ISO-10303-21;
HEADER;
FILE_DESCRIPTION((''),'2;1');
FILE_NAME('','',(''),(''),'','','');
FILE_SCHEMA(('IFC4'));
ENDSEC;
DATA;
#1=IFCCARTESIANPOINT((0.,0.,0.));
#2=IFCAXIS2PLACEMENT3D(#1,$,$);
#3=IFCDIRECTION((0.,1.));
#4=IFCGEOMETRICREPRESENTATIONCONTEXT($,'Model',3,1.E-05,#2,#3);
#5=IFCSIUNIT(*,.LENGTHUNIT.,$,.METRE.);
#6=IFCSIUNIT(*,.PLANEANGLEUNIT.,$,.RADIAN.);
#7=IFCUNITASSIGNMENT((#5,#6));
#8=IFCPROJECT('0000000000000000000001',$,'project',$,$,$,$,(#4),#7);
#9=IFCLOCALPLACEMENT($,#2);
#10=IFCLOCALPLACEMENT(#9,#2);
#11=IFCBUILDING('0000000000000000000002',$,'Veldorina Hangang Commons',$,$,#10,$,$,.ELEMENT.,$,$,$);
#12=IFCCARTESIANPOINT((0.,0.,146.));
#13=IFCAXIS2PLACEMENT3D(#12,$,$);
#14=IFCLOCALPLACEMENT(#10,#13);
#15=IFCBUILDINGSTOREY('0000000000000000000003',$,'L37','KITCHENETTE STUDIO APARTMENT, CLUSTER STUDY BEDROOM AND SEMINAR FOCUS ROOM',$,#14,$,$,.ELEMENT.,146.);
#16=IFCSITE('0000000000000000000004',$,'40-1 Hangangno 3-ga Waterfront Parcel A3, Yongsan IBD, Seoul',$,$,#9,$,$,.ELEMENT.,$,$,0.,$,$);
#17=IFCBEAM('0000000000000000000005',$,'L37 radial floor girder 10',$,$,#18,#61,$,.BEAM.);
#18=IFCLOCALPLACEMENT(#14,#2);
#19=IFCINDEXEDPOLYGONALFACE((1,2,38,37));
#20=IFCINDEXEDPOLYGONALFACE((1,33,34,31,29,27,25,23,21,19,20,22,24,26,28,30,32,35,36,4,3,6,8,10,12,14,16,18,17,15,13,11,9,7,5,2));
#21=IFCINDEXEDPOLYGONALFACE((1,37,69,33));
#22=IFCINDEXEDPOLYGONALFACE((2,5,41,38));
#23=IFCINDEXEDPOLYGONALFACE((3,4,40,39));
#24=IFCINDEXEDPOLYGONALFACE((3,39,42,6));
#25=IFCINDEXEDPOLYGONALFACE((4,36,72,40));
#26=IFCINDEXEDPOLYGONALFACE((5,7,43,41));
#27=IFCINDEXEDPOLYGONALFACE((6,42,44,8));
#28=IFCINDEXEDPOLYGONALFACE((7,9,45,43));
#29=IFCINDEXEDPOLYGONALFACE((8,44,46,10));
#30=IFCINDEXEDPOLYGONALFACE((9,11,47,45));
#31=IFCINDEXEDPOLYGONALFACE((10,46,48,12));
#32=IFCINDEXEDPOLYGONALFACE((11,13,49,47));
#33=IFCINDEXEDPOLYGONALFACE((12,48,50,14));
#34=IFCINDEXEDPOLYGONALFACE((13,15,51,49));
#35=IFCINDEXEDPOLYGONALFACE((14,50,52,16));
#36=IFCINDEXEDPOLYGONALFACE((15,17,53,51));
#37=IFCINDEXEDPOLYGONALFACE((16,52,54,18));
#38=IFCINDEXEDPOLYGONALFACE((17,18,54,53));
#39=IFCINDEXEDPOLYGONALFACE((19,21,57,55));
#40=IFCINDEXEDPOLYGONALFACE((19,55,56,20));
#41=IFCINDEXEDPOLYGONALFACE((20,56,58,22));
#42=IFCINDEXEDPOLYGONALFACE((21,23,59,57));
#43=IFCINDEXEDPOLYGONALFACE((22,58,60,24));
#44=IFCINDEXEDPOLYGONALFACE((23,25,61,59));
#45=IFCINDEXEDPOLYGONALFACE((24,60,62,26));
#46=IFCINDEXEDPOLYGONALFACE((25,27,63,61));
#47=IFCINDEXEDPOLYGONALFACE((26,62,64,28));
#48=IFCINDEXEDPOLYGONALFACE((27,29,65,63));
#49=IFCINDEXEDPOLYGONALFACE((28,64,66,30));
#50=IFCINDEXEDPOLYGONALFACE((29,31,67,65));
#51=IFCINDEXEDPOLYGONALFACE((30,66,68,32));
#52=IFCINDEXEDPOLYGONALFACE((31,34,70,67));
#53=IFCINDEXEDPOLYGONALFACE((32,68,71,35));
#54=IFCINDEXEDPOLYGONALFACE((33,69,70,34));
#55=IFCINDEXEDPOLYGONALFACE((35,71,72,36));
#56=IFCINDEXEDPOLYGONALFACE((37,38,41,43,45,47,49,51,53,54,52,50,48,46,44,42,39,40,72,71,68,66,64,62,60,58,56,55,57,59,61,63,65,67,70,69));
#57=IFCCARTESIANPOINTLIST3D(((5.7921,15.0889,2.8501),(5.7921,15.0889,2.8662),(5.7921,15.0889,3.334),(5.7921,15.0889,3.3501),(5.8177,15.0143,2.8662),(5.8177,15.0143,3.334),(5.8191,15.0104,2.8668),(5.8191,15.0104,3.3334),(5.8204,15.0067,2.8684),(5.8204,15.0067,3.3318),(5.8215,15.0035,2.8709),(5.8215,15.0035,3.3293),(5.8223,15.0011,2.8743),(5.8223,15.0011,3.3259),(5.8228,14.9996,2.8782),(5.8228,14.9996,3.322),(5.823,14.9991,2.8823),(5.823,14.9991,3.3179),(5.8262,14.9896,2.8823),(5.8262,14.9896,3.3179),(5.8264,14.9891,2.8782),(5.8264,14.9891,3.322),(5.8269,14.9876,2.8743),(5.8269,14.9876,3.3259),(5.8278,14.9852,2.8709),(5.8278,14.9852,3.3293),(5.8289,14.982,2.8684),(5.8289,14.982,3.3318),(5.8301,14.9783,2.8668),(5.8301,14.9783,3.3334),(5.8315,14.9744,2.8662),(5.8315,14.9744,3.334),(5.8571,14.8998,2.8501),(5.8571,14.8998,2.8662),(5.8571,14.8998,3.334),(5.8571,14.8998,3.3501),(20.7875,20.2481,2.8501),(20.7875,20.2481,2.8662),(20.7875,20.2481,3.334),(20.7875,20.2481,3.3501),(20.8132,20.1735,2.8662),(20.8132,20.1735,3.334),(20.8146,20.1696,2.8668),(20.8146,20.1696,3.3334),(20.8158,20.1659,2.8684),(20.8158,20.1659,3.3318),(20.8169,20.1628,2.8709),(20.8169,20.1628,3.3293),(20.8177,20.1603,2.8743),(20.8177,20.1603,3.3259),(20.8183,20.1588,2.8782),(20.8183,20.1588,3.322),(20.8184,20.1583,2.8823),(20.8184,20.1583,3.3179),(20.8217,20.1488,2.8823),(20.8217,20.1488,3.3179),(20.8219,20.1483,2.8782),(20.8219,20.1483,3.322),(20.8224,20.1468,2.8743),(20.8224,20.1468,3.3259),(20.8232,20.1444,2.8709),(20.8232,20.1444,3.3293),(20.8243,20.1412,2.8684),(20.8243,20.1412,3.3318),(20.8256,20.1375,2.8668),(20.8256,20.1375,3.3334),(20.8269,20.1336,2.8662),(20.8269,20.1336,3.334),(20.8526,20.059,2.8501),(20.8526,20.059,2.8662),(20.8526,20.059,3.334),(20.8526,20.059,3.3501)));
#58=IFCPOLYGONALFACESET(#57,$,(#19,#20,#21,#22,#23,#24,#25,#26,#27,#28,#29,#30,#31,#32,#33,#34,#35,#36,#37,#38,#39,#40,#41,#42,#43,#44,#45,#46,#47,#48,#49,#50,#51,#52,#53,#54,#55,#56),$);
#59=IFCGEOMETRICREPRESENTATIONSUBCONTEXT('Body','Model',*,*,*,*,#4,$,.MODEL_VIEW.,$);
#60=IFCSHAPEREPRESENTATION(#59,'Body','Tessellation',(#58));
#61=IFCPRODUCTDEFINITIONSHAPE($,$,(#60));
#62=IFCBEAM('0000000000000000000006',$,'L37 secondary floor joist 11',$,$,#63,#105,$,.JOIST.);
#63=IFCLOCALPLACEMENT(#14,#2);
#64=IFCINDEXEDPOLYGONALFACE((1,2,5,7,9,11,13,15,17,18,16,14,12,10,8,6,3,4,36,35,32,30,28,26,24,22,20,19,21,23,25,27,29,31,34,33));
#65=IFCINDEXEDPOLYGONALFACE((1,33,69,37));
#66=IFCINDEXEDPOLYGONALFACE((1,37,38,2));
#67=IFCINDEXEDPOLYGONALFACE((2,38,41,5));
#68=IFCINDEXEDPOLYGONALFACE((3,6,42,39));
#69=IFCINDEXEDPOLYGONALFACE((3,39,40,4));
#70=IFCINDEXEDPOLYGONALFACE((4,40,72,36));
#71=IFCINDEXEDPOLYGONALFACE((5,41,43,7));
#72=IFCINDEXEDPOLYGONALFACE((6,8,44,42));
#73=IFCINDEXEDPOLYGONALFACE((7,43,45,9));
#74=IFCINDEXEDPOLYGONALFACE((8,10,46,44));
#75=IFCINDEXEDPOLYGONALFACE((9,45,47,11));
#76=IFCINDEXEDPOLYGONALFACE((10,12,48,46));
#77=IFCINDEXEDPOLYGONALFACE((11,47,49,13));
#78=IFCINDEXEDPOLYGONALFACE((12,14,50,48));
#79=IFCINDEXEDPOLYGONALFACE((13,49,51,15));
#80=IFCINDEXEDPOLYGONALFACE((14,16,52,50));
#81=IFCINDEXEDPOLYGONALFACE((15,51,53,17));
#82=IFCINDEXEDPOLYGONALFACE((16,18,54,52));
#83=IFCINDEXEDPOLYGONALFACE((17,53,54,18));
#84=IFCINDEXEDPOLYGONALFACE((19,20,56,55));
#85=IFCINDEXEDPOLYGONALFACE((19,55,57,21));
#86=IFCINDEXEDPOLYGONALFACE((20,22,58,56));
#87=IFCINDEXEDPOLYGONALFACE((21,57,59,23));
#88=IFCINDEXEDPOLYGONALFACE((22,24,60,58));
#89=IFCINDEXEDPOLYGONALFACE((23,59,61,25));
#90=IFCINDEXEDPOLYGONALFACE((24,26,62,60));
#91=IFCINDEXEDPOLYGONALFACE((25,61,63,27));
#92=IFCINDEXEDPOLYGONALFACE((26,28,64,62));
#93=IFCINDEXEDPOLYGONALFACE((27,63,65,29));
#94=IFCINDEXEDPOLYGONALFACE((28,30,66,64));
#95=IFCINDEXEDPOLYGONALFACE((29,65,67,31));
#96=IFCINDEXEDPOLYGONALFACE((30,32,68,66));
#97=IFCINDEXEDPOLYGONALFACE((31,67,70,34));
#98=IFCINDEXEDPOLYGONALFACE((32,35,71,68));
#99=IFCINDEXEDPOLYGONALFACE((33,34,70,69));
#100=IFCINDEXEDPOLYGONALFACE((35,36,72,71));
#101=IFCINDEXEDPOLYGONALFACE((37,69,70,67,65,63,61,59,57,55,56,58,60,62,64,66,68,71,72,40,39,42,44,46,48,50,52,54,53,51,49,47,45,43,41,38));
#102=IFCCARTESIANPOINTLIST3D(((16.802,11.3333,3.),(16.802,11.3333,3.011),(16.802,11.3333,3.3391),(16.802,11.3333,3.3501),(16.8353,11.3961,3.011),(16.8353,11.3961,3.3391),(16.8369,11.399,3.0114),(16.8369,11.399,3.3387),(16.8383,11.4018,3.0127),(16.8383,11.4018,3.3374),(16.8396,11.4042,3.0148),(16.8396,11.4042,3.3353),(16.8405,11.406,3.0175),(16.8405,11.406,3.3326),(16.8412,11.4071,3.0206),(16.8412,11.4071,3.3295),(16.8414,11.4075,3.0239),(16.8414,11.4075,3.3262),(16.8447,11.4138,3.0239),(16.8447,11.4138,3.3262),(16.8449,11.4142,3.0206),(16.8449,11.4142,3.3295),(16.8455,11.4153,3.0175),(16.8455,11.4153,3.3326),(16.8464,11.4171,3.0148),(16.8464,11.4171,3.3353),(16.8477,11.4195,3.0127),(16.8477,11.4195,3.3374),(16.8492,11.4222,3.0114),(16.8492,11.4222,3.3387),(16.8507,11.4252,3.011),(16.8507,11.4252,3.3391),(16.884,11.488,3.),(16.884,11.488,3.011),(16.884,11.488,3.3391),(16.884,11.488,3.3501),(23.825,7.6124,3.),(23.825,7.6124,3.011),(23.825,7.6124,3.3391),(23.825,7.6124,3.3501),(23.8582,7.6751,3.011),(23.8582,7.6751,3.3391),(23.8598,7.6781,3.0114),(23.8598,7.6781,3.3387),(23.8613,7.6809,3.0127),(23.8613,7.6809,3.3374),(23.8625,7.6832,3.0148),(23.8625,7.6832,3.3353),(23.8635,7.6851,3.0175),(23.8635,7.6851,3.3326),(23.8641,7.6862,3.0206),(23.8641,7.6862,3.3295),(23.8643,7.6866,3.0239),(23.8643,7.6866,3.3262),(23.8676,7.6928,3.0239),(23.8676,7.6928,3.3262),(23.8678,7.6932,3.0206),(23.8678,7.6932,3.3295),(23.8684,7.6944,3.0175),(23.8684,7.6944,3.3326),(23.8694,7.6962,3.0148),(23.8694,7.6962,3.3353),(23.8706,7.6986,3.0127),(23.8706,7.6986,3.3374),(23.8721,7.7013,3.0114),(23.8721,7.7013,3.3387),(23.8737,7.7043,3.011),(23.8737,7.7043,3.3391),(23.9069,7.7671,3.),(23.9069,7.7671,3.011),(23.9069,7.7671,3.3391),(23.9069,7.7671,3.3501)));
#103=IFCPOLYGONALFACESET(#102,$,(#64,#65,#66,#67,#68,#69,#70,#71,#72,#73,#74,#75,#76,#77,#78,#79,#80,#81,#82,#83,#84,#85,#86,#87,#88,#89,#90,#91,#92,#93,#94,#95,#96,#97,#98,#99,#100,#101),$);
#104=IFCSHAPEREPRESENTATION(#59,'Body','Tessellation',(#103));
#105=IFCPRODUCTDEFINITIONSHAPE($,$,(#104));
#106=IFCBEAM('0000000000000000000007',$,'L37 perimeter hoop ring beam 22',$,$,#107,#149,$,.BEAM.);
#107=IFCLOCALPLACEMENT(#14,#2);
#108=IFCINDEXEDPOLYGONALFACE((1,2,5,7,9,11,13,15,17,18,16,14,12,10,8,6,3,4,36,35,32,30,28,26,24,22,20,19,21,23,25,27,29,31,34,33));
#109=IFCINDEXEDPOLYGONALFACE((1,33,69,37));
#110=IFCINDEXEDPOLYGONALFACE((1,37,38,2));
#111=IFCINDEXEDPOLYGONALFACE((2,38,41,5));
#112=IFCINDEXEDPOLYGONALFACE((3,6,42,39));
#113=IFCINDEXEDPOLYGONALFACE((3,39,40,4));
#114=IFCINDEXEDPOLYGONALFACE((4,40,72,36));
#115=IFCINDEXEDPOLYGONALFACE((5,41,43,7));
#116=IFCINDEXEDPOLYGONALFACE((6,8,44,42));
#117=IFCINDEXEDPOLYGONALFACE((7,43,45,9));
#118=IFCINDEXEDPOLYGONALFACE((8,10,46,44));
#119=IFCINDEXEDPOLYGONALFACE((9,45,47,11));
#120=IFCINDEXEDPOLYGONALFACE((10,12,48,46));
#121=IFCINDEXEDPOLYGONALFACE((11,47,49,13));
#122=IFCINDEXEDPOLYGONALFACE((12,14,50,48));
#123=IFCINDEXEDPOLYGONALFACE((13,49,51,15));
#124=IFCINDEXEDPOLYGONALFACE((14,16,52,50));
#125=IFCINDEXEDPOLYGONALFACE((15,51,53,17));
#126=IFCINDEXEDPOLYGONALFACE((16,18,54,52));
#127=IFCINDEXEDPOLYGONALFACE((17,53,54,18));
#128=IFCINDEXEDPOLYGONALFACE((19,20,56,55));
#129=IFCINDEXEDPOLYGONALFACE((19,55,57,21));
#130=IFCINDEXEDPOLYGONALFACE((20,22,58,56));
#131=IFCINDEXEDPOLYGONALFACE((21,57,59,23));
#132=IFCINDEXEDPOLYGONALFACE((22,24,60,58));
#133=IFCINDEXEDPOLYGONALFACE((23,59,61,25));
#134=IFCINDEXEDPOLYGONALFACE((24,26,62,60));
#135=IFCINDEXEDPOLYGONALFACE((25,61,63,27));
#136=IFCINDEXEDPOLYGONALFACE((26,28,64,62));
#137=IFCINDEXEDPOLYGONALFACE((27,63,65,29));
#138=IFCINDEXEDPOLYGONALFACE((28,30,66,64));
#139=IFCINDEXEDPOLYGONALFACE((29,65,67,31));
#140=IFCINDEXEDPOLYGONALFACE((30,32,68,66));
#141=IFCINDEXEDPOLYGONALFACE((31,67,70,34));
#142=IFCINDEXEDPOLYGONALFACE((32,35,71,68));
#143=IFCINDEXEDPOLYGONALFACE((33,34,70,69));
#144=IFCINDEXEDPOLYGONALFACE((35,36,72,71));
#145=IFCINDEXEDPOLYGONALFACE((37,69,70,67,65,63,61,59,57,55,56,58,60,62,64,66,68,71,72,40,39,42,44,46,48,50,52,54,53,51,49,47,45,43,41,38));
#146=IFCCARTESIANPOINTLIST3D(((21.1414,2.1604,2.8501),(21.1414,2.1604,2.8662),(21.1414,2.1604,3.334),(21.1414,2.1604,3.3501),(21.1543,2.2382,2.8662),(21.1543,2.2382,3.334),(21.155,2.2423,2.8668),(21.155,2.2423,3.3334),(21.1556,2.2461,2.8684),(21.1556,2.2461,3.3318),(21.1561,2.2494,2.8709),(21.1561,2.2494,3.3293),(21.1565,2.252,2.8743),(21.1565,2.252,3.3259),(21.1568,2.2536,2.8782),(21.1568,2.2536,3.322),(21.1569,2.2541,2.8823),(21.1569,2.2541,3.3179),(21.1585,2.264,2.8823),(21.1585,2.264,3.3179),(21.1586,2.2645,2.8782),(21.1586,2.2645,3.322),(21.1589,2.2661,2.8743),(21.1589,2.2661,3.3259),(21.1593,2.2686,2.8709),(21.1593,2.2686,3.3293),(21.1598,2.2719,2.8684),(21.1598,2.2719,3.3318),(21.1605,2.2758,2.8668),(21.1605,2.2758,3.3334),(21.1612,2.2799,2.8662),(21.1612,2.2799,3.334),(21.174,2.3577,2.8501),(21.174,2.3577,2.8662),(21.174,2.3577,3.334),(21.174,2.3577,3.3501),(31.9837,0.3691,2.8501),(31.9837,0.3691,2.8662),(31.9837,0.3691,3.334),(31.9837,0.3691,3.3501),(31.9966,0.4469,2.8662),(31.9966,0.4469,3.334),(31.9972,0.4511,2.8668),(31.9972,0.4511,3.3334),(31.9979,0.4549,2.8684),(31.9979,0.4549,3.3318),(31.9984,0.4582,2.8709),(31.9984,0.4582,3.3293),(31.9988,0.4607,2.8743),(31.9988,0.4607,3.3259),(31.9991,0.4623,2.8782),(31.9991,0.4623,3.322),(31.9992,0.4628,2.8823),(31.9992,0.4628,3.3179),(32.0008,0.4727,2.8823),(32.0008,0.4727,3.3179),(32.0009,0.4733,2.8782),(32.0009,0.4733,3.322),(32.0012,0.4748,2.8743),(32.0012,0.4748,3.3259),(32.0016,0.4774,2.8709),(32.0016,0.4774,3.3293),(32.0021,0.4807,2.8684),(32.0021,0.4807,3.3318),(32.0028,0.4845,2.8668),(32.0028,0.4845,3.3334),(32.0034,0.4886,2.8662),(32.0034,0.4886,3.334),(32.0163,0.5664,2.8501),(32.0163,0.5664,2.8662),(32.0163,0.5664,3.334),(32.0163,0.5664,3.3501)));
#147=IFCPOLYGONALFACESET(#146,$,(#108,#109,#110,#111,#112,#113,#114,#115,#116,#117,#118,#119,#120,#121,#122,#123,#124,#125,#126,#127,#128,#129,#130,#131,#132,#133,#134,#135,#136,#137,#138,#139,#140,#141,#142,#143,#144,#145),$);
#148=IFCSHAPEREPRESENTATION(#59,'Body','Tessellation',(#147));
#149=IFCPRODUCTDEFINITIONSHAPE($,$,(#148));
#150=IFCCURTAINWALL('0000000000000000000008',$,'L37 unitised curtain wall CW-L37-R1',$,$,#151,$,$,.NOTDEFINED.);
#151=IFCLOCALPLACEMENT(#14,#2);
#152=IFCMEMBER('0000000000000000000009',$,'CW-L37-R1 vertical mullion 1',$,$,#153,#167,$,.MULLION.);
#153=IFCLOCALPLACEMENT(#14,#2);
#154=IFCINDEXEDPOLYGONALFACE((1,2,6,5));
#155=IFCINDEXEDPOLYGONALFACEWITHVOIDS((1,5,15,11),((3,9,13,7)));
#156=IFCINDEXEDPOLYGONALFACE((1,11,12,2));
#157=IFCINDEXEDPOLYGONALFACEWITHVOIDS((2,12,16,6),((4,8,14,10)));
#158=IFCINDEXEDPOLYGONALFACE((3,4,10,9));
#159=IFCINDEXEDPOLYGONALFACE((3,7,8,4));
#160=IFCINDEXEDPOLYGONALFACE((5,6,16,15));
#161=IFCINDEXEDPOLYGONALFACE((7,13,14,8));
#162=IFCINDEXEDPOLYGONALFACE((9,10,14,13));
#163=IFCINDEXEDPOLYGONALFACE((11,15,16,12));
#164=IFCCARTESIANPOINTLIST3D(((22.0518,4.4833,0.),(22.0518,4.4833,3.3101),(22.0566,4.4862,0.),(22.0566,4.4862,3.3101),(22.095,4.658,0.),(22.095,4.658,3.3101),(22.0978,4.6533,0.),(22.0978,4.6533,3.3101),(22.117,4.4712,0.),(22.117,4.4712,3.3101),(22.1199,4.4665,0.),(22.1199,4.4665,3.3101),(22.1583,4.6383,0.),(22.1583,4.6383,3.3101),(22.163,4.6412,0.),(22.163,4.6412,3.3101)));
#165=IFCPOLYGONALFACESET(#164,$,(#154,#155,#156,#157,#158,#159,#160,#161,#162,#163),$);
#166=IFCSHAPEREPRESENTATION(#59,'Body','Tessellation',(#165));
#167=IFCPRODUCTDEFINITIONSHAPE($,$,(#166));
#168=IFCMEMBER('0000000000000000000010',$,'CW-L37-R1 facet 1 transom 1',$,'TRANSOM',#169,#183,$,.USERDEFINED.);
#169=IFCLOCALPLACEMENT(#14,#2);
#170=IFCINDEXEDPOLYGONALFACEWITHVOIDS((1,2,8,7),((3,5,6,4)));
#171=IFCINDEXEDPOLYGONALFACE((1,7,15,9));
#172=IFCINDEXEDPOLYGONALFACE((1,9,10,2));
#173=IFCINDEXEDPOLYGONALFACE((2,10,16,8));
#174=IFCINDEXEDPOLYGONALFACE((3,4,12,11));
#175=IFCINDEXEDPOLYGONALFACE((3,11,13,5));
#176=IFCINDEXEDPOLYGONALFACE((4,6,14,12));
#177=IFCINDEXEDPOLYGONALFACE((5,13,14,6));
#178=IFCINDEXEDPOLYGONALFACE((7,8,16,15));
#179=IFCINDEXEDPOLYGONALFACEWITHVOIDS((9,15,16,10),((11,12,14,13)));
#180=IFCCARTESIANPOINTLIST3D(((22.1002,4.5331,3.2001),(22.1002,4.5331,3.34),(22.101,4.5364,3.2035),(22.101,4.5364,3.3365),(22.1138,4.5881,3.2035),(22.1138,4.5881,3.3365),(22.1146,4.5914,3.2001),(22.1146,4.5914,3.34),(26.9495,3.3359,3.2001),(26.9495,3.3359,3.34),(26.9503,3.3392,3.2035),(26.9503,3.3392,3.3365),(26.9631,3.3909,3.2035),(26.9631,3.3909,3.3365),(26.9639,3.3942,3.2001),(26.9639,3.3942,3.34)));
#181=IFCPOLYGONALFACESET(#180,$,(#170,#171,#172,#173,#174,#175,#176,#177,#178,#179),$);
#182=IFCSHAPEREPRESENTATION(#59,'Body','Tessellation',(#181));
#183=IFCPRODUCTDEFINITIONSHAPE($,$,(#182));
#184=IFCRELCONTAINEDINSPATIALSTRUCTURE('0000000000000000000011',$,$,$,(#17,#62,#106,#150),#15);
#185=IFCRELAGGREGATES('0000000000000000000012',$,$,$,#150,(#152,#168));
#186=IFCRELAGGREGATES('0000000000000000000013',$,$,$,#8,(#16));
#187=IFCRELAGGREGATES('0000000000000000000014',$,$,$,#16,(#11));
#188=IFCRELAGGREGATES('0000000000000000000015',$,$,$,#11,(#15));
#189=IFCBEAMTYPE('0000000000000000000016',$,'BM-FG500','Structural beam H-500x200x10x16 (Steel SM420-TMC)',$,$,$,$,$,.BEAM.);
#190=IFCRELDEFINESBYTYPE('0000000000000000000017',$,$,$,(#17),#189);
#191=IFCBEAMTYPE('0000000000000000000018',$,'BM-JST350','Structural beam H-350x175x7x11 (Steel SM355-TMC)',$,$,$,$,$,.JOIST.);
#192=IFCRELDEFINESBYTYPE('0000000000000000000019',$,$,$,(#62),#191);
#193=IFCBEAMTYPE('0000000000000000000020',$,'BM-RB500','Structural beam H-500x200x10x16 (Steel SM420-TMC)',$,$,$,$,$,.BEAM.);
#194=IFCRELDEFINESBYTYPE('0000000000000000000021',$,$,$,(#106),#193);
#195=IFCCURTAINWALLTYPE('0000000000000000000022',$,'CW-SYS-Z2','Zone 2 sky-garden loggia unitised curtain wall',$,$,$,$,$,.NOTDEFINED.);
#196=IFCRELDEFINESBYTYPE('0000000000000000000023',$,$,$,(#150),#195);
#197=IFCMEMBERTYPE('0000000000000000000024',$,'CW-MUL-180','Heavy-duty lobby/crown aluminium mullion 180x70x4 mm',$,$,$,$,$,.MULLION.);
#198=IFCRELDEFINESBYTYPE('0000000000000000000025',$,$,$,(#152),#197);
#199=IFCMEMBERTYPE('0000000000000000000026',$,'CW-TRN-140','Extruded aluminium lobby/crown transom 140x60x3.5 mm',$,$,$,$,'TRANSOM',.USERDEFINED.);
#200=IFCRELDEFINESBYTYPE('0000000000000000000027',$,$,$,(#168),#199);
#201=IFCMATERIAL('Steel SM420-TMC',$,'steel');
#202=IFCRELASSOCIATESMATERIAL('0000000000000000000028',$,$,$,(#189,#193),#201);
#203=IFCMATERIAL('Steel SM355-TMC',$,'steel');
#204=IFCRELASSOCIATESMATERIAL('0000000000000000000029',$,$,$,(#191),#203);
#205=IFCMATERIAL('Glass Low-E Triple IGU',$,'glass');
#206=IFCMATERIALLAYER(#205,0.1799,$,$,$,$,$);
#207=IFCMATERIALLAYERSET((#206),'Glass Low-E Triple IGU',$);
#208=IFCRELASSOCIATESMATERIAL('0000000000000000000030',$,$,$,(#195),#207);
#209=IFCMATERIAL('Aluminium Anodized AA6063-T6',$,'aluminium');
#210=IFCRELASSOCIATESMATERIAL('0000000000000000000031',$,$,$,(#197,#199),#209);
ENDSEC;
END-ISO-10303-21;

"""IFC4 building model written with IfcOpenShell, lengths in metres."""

from ifc_helpers import new_model, si_unit, direction, frame, origin, origin_2d, place, context, subcontext, project, spatial, hollow_rectangle, i_section, extrude, material, layer, layer_set, material_profile, profile_set, type_object, element, aggregate, save


model = new_model("IFC4")

# Units and contexts
model_context = context("Model", 3, precision=1e-05, world=origin(), true_north=direction((0.0, 1.0)))
body_context = subcontext(model_context, "Body", "Model", "MODEL_VIEW")
ifc_project = project(units=[si_unit("LENGTHUNIT", "METRE"), si_unit("PLANEANGLEUNIT", "RADIAN")], contexts=[model_context])

# Site, building, storey
site_placement = place(None, origin())
site = spatial("IfcSite", under=ifc_project, at=site_placement, Name="40-1 Hangangno 3-ga Waterfront Parcel A3, Yongsan IBD, Seoul", CompositionType="ELEMENT", RefElevation=0.0)
building_placement = place(site_placement, origin())
building = spatial("IfcBuilding", under=site, at=building_placement, Name="Veldorina Hangang Commons", CompositionType="ELEMENT")
storey_placement = place(building_placement, frame((0.0, 0.0, 146.0)))
storey = spatial("IfcBuildingStorey", under=building, at=storey_placement, Name="L37", Description="KITCHENETTE STUDIO APARTMENT, CLUSTER STUDY BEDROOM AND SEMINAR FOCUS ROOM", CompositionType="ELEMENT", Elevation=146.0)

# Beams
ifc_material_1 = material(Name="Steel SM420-TMC", Category="steel")
ifc_material_profile_1 = material_profile(ifc_material_1, i_section(OverallWidth=0.2, OverallDepth=0.5, WebThickness=0.01, FlangeThickness=0.0161, FilletRadius=0.0161, at=origin_2d()), Name="H-500x200x10x16")
ifc_profile_set_1 = profile_set([ifc_material_profile_1], Name="Steel SM420-TMC")
beam_type_1 = type_object("IfcBeamType", Name="BM-FG500", Description="Structural beam H-500x200x10x16 (Steel SM420-TMC)", PredefinedType="BEAM", material=ifc_profile_set_1)
beam_1_placement = place(storey_placement, frame((20.8201, 20.1536, 3.1001), z_axis=(-0.945599, -0.325335, 0.0), x_axis=(0.325335, -0.945599, 0.0)))
element("IfcBeam", 1, at=beam_1_placement, inside=storey, type_object=beam_type_1, Name="L37 radial floor girder 10", PredefinedType="BEAM", context=body_context, shape_type="SweptSolid", body=[
    extrude(i_section(OverallWidth=0.2, OverallDepth=0.5, WebThickness=0.01, FlangeThickness=0.0161, FilletRadius=0.0161, at=origin_2d()), origin(), (0.0, 0.0, 1.0), 15.8582),
])
ifc_material_2 = material(Name="Steel SM355-TMC", Category="steel")
ifc_material_profile_2 = material_profile(ifc_material_2, i_section(OverallWidth=0.175, OverallDepth=0.3501, WebThickness=0.0071, FlangeThickness=0.011, FilletRadius=0.0129, at=origin_2d()), Name="H-350x175x7x11")
ifc_profile_set_2 = profile_set([ifc_material_profile_2], Name="Steel SM355-TMC")
beam_type_2 = type_object("IfcBeamType", Name="BM-JST350", Description="Structural beam H-350x175x7x11 (Steel SM355-TMC)", PredefinedType="JOIST", material=ifc_profile_set_2)
beam_2_placement = place(storey_placement, frame((16.843, 11.4106, 3.175), z_axis=(0.883636, -0.468174, 0.0), x_axis=(0.468174, 0.883636, 0.0)))
element("IfcBeam", 2, at=beam_2_placement, inside=storey, type_object=beam_type_2, Name="L37 secondary floor joist 11", PredefinedType="JOIST", context=body_context, shape_type="SweptSolid", body=[
    extrude(i_section(OverallWidth=0.175, OverallDepth=0.3501, WebThickness=0.0071, FlangeThickness=0.011, FilletRadius=0.0129, at=origin_2d()), origin(), (0.0, 0.0, 1.0), 7.9478),
])
ifc_material_profile_3 = material_profile(ifc_material_1, i_section(OverallWidth=0.2, OverallDepth=0.5, WebThickness=0.01, FlangeThickness=0.0161, FilletRadius=0.0161, at=origin_2d()), Name="H-500x200x10x16")
ifc_profile_set_3 = profile_set([ifc_material_profile_3], Name="Steel SM420-TMC")
beam_type_3 = type_object("IfcBeamType", Name="BM-RB500", Description="Structural beam H-500x200x10x16 (Steel SM420-TMC)", PredefinedType="BEAM", material=ifc_profile_set_3)
beam_3_placement = place(storey_placement, frame((21.1577, 2.259, 3.1001), z_axis=(0.986626, -0.163001, 0.0), x_axis=(0.163001, 0.986626, 0.0)))
element("IfcBeam", 3, at=beam_3_placement, inside=storey, type_object=beam_type_3, Name="L37 perimeter hoop ring beam 22", PredefinedType="BEAM", context=body_context, shape_type="SweptSolid", body=[
    extrude(i_section(OverallWidth=0.2, OverallDepth=0.5, WebThickness=0.01, FlangeThickness=0.0161, FilletRadius=0.0161, at=origin_2d()), origin(), (0.0, 0.0, 1.0), 10.9893),
])

# Curtain wall, members
ifc_material_3 = material(Name="Glass Low-E Triple IGU", Category="glass")
ifc_layer_1 = layer(ifc_material_3, 0.1799)
ifc_layer_set_1 = layer_set([ifc_layer_1], Name="Glass Low-E Triple IGU")
curtain_wall_type = type_object("IfcCurtainWallType", Name="CW-SYS-Z2", Description="Zone 2 sky-garden loggia unitised curtain wall", PredefinedType="NOTDEFINED", material=ifc_layer_set_1)
curtain_wall_placement = place(storey_placement, origin())
curtain_wall = element("IfcCurtainWall", 4, at=curtain_wall_placement, inside=storey, type_object=curtain_wall_type, Name="L37 unitised curtain wall CW-L37-R1", PredefinedType="NOTDEFINED")
ifc_material_4 = material(Name="Aluminium Anodized AA6063-T6", Category="aluminium")
ifc_material_profile_4 = material_profile(ifc_material_4, hollow_rectangle(XDim=0.0701, YDim=0.1799, WallThickness=0.0039, at=origin_2d()), Name="ALU-RHS-180x70x4")
ifc_profile_set_4 = profile_set([ifc_material_profile_4], Name="Aluminium Anodized AA6063-T6")
member_type_1 = type_object("IfcMemberType", Name="CW-MUL-180", Description="Heavy-duty lobby/crown aluminium mullion 180x70x4 mm", PredefinedType="MULLION", material=ifc_profile_set_4)
member_1_placement = place(storey_placement, frame((22.1074, 4.5623, 0.0), z_axis=(0.0, 0.0, 1.0), x_axis=(0.97085, -0.239686, 0.0)))
member_1 = element("IfcMember", 5, at=member_1_placement, type_object=member_type_1, Name="CW-L37-R1 vertical mullion 1", PredefinedType="MULLION", context=body_context, shape_type="SweptSolid", body=[
    extrude(hollow_rectangle(XDim=0.0701, YDim=0.1799, WallThickness=0.0039, at=origin_2d()), origin(), (0.0, 0.0, 1.0), 3.3101),
])
ifc_material_profile_5 = material_profile(ifc_material_4, hollow_rectangle(XDim=0.0601, YDim=0.1399, WallThickness=0.0034, at=origin_2d()), Name="ALU-RHS-140x60x3.5")
ifc_profile_set_5 = profile_set([ifc_material_profile_5], Name="Aluminium Anodized AA6063-T6")
member_type_2 = type_object("IfcMemberType", Name="CW-TRN-140", Description="Extruded aluminium lobby/crown transom 140x60x3.5 mm", ElementType="TRANSOM", PredefinedType="USERDEFINED", material=ifc_profile_set_5)
member_2_placement = place(storey_placement, frame((22.1074, 4.5623, 3.27), z_axis=(0.970848, -0.239694, 0.0), x_axis=(0.239694, 0.970848, 0.0)))
member_2 = element("IfcMember", 6, at=member_2_placement, type_object=member_type_2, Name="CW-L37-R1 facet 1 transom 1", ObjectType="TRANSOM", PredefinedType="USERDEFINED", context=body_context, shape_type="SweptSolid", body=[
    extrude(hollow_rectangle(XDim=0.0601, YDim=0.1399, WallThickness=0.0034, at=origin_2d()), origin(), (0.0, 0.0, 1.0), 4.9949),
])
aggregate(curtain_wall, [member_1, member_2])

save(model, "model.ifc")
